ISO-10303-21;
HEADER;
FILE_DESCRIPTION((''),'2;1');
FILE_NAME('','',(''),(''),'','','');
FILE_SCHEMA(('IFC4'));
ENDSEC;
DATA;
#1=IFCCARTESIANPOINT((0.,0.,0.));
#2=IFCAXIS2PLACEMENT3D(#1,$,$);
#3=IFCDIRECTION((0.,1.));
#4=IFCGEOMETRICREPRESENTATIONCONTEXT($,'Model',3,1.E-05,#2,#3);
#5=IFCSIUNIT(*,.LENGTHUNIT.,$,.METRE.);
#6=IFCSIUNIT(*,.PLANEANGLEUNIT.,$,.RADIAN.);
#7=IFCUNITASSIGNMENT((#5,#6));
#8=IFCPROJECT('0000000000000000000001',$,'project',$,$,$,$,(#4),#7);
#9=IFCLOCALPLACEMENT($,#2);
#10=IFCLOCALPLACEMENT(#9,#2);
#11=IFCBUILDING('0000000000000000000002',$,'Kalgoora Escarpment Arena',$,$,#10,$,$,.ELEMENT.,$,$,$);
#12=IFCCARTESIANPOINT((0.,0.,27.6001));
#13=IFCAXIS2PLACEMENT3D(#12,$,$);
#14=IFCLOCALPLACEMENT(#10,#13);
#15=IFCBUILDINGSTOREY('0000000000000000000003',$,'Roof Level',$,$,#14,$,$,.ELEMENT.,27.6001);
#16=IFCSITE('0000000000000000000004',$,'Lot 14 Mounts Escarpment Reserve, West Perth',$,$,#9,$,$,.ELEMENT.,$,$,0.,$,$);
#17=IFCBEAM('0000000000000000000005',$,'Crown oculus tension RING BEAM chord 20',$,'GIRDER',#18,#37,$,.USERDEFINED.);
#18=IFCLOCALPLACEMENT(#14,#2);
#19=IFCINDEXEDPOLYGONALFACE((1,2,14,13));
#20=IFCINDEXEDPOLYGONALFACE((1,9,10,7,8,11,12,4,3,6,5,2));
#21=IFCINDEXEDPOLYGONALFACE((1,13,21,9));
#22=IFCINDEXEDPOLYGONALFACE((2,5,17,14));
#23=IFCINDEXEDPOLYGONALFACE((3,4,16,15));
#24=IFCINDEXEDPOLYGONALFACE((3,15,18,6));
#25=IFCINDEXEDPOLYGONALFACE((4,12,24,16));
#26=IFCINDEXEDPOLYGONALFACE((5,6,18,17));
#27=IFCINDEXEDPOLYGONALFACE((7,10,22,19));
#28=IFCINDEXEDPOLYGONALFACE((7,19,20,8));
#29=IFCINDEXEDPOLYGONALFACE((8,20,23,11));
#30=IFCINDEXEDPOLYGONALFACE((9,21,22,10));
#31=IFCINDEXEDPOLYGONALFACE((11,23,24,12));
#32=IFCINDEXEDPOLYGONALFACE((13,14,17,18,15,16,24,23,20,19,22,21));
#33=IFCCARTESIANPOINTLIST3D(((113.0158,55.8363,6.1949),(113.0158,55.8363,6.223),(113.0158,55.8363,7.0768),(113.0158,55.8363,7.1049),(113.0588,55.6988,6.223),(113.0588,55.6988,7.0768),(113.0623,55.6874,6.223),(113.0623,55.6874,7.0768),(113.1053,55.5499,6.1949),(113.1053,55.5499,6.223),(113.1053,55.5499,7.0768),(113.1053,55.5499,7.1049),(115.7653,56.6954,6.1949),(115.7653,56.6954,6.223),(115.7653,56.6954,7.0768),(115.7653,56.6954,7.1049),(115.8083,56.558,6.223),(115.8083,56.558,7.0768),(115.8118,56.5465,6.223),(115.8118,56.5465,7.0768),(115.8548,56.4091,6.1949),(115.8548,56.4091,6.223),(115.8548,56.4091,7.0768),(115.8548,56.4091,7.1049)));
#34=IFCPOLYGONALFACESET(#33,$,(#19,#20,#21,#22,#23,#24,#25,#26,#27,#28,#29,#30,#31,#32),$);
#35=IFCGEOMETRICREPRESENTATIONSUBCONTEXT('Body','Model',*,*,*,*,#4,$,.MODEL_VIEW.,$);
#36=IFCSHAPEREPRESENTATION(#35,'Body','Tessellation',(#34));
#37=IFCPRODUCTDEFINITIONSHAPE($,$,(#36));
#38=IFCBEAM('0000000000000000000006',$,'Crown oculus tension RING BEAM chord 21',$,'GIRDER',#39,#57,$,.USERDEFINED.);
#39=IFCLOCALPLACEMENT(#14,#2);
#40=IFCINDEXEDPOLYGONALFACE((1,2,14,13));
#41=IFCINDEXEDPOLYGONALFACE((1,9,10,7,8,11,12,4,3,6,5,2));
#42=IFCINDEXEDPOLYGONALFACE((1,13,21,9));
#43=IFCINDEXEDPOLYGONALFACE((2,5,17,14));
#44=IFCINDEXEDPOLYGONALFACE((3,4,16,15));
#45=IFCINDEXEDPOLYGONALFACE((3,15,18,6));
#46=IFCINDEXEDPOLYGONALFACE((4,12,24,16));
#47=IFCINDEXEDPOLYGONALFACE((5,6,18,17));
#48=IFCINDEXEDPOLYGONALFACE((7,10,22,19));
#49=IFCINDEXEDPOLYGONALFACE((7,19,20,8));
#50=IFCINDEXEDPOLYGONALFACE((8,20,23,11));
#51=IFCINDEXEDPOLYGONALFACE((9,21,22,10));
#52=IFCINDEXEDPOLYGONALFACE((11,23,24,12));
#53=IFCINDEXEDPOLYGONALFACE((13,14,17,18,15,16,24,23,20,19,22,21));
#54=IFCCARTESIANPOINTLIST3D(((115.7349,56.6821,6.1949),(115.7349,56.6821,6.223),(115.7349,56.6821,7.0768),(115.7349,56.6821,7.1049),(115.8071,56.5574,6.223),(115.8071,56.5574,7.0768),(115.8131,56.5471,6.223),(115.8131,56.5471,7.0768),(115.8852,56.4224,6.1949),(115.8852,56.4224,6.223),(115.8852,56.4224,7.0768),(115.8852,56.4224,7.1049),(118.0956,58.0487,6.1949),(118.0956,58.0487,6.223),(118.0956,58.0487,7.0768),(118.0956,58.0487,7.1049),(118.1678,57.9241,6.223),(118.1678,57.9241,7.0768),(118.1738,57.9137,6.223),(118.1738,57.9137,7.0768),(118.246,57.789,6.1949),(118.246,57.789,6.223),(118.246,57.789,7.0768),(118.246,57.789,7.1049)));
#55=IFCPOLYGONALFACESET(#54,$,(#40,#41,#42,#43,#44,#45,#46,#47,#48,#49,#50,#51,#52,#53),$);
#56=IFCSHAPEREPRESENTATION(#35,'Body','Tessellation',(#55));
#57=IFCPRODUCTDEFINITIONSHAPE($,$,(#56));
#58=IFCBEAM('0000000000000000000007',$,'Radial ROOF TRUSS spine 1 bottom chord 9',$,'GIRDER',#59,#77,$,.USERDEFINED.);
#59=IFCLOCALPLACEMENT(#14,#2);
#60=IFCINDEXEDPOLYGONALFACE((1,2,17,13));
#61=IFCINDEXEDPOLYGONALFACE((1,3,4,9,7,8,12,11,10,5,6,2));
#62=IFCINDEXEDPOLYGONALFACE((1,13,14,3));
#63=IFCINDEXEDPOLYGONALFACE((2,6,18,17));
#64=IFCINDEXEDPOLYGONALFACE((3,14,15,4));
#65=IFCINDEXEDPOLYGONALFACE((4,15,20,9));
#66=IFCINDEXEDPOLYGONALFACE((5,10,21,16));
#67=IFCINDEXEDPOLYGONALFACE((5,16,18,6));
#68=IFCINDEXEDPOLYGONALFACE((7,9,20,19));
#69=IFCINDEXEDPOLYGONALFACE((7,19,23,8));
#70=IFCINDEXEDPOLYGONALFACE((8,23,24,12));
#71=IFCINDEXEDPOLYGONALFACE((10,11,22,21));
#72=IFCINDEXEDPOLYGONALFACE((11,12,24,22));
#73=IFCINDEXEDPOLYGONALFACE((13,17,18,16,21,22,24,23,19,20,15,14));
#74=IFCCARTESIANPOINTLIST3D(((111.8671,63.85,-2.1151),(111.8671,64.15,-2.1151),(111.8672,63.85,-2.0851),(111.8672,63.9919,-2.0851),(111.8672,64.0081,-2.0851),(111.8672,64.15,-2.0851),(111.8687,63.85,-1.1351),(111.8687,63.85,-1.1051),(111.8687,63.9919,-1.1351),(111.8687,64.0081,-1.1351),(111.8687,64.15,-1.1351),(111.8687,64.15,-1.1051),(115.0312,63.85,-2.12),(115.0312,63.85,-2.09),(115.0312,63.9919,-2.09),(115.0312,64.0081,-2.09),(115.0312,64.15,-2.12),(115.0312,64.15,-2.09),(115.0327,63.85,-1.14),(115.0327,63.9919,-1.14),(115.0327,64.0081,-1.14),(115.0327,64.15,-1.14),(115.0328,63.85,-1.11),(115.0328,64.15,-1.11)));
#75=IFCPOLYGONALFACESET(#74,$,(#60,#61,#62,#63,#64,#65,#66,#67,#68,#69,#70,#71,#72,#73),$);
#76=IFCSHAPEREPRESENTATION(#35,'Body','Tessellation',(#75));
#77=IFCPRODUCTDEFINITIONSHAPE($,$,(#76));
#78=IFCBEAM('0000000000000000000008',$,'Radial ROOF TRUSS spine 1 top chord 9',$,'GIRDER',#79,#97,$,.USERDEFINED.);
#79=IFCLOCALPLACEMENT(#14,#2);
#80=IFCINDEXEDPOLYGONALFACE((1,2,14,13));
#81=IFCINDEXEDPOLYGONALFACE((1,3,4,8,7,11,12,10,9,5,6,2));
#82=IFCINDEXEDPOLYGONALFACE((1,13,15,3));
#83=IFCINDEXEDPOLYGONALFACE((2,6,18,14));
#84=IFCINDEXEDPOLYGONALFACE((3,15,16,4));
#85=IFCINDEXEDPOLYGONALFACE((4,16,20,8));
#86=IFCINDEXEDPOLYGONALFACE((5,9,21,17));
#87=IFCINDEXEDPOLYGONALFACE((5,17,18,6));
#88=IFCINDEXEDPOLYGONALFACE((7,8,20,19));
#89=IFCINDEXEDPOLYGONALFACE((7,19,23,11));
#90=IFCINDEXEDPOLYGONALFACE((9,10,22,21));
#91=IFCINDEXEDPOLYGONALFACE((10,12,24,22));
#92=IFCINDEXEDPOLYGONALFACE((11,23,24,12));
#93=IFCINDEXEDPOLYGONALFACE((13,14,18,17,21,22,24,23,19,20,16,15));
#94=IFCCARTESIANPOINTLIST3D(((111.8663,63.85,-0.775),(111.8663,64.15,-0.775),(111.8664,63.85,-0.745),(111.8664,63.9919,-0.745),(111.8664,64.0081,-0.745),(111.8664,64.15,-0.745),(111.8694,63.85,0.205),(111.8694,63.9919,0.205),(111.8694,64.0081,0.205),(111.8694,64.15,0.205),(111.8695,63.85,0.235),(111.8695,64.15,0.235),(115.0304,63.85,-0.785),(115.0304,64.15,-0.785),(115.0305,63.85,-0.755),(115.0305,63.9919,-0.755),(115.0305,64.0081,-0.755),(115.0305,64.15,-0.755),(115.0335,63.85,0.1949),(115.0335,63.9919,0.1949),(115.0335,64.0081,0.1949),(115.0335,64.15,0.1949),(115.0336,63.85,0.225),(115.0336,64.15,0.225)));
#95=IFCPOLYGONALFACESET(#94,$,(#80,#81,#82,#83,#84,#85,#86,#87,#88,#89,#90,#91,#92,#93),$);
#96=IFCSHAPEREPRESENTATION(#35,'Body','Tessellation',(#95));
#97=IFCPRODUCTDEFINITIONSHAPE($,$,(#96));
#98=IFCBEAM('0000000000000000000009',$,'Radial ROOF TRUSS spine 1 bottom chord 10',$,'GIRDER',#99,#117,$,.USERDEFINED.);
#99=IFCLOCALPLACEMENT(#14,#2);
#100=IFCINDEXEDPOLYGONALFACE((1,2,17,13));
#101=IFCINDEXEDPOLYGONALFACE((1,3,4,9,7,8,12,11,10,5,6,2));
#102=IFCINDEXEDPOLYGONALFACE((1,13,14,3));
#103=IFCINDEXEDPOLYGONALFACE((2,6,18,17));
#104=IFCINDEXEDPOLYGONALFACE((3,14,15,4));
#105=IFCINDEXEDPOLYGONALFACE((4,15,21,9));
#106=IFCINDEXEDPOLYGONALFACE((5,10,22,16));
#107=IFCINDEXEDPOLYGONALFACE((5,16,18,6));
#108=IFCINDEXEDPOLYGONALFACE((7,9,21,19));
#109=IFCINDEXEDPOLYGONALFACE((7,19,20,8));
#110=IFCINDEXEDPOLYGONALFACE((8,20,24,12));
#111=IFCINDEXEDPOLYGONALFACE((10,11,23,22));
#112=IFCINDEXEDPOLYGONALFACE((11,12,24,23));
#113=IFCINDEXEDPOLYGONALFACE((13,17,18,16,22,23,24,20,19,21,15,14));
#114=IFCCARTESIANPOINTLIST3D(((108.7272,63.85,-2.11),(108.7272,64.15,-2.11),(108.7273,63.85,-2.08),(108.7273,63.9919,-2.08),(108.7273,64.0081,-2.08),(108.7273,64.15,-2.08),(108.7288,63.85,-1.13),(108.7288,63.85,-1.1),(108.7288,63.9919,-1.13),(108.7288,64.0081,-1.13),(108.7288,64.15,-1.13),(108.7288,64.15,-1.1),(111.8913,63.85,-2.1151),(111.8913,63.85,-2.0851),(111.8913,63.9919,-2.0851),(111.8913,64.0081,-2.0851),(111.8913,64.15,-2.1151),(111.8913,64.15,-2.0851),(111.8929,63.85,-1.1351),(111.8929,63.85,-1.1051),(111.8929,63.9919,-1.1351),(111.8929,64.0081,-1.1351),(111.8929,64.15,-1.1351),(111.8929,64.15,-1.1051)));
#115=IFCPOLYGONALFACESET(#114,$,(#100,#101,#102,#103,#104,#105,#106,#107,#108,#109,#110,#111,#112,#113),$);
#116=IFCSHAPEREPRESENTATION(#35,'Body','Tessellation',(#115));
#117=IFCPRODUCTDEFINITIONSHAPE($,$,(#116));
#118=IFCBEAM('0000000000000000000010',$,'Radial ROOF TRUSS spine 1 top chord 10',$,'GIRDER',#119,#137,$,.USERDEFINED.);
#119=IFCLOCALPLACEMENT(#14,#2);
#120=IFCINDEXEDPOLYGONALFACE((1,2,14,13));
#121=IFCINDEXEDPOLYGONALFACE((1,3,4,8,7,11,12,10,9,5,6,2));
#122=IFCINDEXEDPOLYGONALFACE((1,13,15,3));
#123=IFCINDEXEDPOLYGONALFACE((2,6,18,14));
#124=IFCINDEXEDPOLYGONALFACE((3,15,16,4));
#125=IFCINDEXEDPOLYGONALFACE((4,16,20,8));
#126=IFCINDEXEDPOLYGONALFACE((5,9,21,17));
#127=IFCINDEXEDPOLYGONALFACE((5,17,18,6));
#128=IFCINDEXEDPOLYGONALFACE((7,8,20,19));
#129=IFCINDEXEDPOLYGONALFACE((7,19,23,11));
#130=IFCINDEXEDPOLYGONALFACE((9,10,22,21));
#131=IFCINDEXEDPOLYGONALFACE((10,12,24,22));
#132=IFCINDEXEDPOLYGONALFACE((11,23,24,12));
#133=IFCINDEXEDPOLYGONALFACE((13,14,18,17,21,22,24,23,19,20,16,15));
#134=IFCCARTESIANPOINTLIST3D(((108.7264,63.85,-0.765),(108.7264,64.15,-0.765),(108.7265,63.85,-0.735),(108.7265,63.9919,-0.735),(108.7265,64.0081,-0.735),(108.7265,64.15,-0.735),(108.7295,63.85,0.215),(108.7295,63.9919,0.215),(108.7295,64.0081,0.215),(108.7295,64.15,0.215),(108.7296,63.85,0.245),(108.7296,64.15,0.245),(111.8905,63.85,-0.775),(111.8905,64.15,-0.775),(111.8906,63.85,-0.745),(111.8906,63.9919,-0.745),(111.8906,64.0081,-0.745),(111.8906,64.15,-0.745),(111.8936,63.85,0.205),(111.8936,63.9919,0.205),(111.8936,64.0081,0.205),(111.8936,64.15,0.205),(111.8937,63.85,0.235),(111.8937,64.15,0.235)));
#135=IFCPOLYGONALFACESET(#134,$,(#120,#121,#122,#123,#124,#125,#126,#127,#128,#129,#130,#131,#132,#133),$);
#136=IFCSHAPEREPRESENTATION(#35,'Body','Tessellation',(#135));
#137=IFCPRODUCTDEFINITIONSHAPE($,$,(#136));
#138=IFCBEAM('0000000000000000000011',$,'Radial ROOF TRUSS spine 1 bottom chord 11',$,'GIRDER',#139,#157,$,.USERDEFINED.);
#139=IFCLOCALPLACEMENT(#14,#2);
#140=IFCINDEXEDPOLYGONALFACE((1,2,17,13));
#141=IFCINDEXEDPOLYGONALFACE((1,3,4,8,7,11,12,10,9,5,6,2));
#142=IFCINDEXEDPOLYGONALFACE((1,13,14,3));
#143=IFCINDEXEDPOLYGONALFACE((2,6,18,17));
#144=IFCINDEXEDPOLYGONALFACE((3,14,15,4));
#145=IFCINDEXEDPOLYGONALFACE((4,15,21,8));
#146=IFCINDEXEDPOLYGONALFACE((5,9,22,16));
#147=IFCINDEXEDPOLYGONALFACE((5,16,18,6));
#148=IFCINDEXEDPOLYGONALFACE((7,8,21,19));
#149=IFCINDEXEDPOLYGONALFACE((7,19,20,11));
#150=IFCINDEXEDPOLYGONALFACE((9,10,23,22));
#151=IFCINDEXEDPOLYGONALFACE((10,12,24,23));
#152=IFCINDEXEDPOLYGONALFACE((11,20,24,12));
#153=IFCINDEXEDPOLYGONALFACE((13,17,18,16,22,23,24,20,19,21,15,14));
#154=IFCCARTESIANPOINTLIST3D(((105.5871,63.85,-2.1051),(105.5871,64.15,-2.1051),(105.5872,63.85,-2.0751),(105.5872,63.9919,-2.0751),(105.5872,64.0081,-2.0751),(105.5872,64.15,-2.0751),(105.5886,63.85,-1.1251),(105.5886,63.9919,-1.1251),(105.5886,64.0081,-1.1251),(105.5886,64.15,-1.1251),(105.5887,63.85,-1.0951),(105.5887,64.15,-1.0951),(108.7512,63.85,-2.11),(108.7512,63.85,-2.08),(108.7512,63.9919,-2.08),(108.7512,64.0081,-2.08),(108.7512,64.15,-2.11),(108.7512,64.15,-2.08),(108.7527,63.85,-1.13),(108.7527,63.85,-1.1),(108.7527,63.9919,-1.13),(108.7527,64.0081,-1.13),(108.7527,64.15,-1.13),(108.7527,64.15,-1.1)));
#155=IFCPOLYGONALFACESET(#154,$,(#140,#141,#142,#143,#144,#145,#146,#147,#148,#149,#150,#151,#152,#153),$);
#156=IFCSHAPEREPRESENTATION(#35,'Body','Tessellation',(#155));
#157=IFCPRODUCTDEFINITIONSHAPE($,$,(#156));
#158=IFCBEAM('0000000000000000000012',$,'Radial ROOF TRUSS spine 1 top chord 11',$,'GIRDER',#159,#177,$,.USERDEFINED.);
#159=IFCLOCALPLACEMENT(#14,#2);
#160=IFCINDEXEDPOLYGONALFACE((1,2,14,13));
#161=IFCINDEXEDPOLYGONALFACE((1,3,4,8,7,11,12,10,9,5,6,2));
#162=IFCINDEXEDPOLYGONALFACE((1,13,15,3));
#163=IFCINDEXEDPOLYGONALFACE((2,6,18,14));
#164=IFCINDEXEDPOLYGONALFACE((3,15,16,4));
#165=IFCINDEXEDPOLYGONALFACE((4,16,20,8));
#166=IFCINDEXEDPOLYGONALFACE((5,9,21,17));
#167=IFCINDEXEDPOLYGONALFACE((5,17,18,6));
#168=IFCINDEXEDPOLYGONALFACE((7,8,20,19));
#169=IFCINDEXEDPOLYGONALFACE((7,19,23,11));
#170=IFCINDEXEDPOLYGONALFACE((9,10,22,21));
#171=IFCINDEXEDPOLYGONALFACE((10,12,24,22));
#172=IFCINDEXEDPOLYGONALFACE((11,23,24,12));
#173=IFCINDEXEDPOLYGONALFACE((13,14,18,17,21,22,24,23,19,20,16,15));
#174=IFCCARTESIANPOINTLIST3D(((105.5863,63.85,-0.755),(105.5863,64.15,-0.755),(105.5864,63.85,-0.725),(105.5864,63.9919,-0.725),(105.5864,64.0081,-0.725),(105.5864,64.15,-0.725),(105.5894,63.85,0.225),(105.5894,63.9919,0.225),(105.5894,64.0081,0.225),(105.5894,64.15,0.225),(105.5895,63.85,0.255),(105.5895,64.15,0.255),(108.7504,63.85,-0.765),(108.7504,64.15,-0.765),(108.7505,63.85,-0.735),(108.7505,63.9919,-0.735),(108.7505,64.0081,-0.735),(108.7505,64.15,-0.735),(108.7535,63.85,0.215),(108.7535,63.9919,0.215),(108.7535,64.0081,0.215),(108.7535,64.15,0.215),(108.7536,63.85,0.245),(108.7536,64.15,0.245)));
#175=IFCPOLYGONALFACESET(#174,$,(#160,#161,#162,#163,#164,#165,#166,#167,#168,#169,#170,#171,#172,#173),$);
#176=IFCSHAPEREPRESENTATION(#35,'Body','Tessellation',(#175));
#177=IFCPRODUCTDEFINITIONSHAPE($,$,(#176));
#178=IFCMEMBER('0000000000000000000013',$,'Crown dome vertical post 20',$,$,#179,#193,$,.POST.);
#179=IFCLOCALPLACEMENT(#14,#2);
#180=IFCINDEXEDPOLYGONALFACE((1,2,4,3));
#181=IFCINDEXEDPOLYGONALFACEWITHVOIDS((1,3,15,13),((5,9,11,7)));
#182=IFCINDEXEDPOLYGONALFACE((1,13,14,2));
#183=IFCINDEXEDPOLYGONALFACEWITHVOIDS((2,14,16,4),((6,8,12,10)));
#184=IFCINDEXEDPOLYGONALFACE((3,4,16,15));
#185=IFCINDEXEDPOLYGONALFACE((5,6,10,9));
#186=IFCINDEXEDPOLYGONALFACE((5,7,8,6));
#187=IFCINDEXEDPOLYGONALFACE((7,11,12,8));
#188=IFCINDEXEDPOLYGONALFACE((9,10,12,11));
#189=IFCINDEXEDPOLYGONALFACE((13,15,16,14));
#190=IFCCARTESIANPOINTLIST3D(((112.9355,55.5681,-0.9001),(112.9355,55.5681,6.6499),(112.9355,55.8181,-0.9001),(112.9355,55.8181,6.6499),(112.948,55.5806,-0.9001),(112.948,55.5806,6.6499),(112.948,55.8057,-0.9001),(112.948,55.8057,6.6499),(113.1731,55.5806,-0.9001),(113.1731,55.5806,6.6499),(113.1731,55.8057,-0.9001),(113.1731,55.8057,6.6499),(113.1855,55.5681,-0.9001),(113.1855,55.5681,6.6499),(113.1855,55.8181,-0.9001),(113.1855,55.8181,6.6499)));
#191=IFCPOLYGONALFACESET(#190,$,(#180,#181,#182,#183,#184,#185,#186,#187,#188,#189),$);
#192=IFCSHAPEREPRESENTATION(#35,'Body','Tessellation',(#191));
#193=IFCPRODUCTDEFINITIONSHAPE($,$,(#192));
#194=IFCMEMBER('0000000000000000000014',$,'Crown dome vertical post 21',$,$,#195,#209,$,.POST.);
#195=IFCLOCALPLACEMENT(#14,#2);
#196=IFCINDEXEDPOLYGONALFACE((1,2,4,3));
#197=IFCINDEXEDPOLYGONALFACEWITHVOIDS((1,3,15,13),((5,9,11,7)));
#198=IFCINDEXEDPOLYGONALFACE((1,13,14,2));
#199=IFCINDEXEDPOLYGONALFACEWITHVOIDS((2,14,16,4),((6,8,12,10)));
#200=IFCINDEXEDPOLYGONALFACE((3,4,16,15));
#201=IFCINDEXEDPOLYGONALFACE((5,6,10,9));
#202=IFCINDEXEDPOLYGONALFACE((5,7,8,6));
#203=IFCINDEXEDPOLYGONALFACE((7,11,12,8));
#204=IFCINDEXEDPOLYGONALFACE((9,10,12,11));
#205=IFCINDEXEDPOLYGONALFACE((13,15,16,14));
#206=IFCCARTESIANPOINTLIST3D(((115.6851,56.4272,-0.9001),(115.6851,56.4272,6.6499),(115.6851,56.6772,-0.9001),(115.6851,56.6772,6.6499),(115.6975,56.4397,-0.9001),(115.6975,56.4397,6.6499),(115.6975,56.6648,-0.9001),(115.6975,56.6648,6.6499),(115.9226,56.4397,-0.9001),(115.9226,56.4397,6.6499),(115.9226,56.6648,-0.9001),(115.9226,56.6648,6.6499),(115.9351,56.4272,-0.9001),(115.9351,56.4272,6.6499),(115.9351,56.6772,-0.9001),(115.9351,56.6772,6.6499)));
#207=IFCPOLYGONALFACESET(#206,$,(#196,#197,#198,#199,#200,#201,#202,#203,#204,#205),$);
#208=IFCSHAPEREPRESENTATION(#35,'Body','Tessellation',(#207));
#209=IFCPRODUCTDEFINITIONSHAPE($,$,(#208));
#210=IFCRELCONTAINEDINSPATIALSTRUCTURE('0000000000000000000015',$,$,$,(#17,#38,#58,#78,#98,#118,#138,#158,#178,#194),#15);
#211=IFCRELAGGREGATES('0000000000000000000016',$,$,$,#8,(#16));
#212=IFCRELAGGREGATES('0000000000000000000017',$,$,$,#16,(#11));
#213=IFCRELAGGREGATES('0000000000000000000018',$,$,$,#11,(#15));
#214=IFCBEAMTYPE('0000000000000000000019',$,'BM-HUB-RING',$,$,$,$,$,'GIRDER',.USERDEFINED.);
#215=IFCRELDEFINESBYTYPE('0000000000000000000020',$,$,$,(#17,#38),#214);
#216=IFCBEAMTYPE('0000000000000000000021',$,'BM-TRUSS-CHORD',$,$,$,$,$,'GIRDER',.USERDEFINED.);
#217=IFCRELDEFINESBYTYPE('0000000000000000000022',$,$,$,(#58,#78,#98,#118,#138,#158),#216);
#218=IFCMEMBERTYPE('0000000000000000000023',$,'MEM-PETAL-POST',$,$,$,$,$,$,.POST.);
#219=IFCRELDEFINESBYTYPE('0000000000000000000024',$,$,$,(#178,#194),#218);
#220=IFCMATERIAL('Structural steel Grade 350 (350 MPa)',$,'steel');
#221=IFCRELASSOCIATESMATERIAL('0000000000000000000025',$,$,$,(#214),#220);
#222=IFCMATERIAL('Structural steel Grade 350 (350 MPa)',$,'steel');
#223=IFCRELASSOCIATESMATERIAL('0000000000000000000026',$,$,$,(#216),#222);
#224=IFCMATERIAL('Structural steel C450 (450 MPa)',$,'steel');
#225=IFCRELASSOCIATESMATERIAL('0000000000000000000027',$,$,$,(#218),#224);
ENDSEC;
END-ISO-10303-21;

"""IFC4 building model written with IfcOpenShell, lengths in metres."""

from ifc_helpers import new_model, si_unit, direction, frame, origin, origin_2d, place, context, subcontext, project, spatial, hollow_rectangle, i_section, extrude, material, material_profile, profile_set, type_object, element, save


model = new_model("IFC4")

# Units and contexts
model_context = context("Model", 3, precision=1e-05, world=origin(), true_north=direction((0.0, 1.0)))
body_context = subcontext(model_context, "Body", "Model", "MODEL_VIEW")
ifc_project = project(units=[si_unit("LENGTHUNIT", "METRE"), si_unit("PLANEANGLEUNIT", "RADIAN")], contexts=[model_context])

# Site, building, storey
site_placement = place(None, origin())
site = spatial("IfcSite", under=ifc_project, at=site_placement, Name="Lot 14 Mounts Escarpment Reserve, West Perth", CompositionType="ELEMENT", RefElevation=0.0)
building_placement = place(site_placement, origin())
building = spatial("IfcBuilding", under=site, at=building_placement, Name="Kalgoora Escarpment Arena", CompositionType="ELEMENT")
storey_placement = place(building_placement, frame((0.0, 0.0, 27.6001)))
storey = spatial("IfcBuildingStorey", under=building, at=storey_placement, Name="Roof Level", CompositionType="ELEMENT", Elevation=27.6001)

# Beams
ifc_material_1 = material(Name="Structural steel Grade 350 (350 MPa)", Category="steel")
ifc_material_profile_1 = material_profile(ifc_material_1, i_section(OverallWidth=0.3, OverallDepth=0.9099, WebThickness=0.012, FlangeThickness=0.0281, at=origin_2d()))
ifc_profile_set_1 = profile_set([ifc_material_profile_1], Name="Structural steel Grade 350 (350 MPa)")
beam_type_1 = type_object("IfcBeamType", Name="BM-HUB-RING", ElementType="GIRDER", PredefinedType="USERDEFINED", material=ifc_profile_set_1)
beam_1_placement = place(storey_placement, frame((113.0605, 55.6931, 6.6499), z_axis=(0.954489, 0.298246, 0.0), x_axis=(-0.298246, 0.954489, 0.0)))
element("IfcBeam", 1, at=beam_1_placement, inside=storey, type_object=beam_type_1, Name="Crown oculus tension RING BEAM chord 20", ObjectType="GIRDER", PredefinedType="USERDEFINED", context=body_context, shape_type="SweptSolid", body=[
    extrude(i_section(OverallWidth=0.3, OverallDepth=0.9099, WebThickness=0.012, FlangeThickness=0.0281, at=origin_2d()), origin(), (0.0, 0.0, 1.0), 2.8806),
])
beam_2_placement = place(storey_placement, frame((115.8101, 56.5522, 6.6499), z_axis=(0.865443, 0.501008, 0.0), x_axis=(-0.501008, 0.865443, 0.0)))
element("IfcBeam", 2, at=beam_2_placement, inside=storey, type_object=beam_type_1, Name="Crown oculus tension RING BEAM chord 21", ObjectType="GIRDER", PredefinedType="USERDEFINED", context=body_context, shape_type="SweptSolid", body=[
    extrude(i_section(OverallWidth=0.3, OverallDepth=0.9099, WebThickness=0.012, FlangeThickness=0.0281, at=origin_2d()), origin(), (0.0, 0.0, 1.0), 2.7278),
])
ifc_material_2 = material(Name="Structural steel Grade 350 (350 MPa)", Category="steel")
ifc_material_profile_2 = material_profile(ifc_material_2, i_section(OverallWidth=0.3, OverallDepth=1.01, WebThickness=0.0161, FlangeThickness=0.03, at=origin_2d()))
ifc_profile_set_2 = profile_set([ifc_material_profile_2], Name="Structural steel Grade 350 (350 MPa)")
beam_type_2 = type_object("IfcBeamType", Name="BM-TRUSS-CHORD", ElementType="GIRDER", PredefinedType="USERDEFINED", material=ifc_profile_set_2)
for number, where, z_axis, x_axis, name in (
    (3, (115.032, 64.0, -1.615), (-0.999999, 0.0, 0.001543), (0.0, -1.0, 0.0), "Radial ROOF TRUSS spine 1 bottom chord 9"),
    (4, (115.032, 64.0, -0.28), (-0.999995, 0.0, 0.003164), (0.0, -1.0, 0.0), "Radial ROOF TRUSS spine 1 top chord 9"),
    (5, (111.8921, 64.0, -1.6101), (-0.999999, 0.0, 0.00162), (0.0, -1.0, 0.0), "Radial ROOF TRUSS spine 1 bottom chord 10"),
    (6, (111.8921, 64.0, -0.27), (-0.999995, 0.0, 0.003164), (0.0, -1.0, 0.0), "Radial ROOF TRUSS spine 1 top chord 10"),
    (7, (108.752, 64.0, -1.605), (-0.999999, 0.0, 0.001543), (0.0, -1.0, 0.0), "Radial ROOF TRUSS spine 1 bottom chord 11"),
    (8, (108.752, 64.0, -0.26), (-0.999995, 0.0, 0.003164), (0.0, -1.0, 0.0), "Radial ROOF TRUSS spine 1 top chord 11"),
):
    element("IfcBeam", number, at=place(storey_placement, frame(where, z_axis=z_axis, x_axis=x_axis)), inside=storey, type_object=beam_type_2, Name=name, ObjectType="GIRDER", PredefinedType="USERDEFINED", context=body_context, shape_type="SweptSolid", body=[
        extrude(i_section(OverallWidth=0.3, OverallDepth=1.01, WebThickness=0.0161, FlangeThickness=0.03, at=origin_2d()), origin(), (0.0, 0.0, 1.0), 3.1641),
    ])

# Members
ifc_material_3 = material(Name="Structural steel C450 (450 MPa)", Category="steel")
ifc_material_profile_3 = material_profile(ifc_material_3, hollow_rectangle(XDim=0.25, YDim=0.25, WallThickness=0.0125, at=origin_2d()))
ifc_profile_set_3 = profile_set([ifc_material_profile_3], Name="Structural steel C450 (450 MPa)")
member_type_1 = type_object("IfcMemberType", Name="MEM-PETAL-POST", PredefinedType="POST", material=ifc_profile_set_3)
for number, where, z_axis, x_axis, name in (
    (9, (113.0605, 55.6931, -0.9001), (0.0, 0.0, 1.0), (1.0, 0.0, 0.0), "Crown dome vertical post 20"),
    (10, (115.8101, 56.5522, -0.9001), (0.0, 0.0, 1.0), (1.0, 0.0, 0.0), "Crown dome vertical post 21"),
):
    element("IfcMember", number, at=place(storey_placement, frame(where, z_axis=z_axis, x_axis=x_axis)), inside=storey, type_object=member_type_1, Name=name, PredefinedType="POST", context=body_context, shape_type="SweptSolid", body=[
        extrude(hollow_rectangle(XDim=0.25, YDim=0.25, WallThickness=0.0125, at=origin_2d()), origin(), (0.0, 0.0, 1.0), 7.55),
    ])

save(model, "model.ifc")
